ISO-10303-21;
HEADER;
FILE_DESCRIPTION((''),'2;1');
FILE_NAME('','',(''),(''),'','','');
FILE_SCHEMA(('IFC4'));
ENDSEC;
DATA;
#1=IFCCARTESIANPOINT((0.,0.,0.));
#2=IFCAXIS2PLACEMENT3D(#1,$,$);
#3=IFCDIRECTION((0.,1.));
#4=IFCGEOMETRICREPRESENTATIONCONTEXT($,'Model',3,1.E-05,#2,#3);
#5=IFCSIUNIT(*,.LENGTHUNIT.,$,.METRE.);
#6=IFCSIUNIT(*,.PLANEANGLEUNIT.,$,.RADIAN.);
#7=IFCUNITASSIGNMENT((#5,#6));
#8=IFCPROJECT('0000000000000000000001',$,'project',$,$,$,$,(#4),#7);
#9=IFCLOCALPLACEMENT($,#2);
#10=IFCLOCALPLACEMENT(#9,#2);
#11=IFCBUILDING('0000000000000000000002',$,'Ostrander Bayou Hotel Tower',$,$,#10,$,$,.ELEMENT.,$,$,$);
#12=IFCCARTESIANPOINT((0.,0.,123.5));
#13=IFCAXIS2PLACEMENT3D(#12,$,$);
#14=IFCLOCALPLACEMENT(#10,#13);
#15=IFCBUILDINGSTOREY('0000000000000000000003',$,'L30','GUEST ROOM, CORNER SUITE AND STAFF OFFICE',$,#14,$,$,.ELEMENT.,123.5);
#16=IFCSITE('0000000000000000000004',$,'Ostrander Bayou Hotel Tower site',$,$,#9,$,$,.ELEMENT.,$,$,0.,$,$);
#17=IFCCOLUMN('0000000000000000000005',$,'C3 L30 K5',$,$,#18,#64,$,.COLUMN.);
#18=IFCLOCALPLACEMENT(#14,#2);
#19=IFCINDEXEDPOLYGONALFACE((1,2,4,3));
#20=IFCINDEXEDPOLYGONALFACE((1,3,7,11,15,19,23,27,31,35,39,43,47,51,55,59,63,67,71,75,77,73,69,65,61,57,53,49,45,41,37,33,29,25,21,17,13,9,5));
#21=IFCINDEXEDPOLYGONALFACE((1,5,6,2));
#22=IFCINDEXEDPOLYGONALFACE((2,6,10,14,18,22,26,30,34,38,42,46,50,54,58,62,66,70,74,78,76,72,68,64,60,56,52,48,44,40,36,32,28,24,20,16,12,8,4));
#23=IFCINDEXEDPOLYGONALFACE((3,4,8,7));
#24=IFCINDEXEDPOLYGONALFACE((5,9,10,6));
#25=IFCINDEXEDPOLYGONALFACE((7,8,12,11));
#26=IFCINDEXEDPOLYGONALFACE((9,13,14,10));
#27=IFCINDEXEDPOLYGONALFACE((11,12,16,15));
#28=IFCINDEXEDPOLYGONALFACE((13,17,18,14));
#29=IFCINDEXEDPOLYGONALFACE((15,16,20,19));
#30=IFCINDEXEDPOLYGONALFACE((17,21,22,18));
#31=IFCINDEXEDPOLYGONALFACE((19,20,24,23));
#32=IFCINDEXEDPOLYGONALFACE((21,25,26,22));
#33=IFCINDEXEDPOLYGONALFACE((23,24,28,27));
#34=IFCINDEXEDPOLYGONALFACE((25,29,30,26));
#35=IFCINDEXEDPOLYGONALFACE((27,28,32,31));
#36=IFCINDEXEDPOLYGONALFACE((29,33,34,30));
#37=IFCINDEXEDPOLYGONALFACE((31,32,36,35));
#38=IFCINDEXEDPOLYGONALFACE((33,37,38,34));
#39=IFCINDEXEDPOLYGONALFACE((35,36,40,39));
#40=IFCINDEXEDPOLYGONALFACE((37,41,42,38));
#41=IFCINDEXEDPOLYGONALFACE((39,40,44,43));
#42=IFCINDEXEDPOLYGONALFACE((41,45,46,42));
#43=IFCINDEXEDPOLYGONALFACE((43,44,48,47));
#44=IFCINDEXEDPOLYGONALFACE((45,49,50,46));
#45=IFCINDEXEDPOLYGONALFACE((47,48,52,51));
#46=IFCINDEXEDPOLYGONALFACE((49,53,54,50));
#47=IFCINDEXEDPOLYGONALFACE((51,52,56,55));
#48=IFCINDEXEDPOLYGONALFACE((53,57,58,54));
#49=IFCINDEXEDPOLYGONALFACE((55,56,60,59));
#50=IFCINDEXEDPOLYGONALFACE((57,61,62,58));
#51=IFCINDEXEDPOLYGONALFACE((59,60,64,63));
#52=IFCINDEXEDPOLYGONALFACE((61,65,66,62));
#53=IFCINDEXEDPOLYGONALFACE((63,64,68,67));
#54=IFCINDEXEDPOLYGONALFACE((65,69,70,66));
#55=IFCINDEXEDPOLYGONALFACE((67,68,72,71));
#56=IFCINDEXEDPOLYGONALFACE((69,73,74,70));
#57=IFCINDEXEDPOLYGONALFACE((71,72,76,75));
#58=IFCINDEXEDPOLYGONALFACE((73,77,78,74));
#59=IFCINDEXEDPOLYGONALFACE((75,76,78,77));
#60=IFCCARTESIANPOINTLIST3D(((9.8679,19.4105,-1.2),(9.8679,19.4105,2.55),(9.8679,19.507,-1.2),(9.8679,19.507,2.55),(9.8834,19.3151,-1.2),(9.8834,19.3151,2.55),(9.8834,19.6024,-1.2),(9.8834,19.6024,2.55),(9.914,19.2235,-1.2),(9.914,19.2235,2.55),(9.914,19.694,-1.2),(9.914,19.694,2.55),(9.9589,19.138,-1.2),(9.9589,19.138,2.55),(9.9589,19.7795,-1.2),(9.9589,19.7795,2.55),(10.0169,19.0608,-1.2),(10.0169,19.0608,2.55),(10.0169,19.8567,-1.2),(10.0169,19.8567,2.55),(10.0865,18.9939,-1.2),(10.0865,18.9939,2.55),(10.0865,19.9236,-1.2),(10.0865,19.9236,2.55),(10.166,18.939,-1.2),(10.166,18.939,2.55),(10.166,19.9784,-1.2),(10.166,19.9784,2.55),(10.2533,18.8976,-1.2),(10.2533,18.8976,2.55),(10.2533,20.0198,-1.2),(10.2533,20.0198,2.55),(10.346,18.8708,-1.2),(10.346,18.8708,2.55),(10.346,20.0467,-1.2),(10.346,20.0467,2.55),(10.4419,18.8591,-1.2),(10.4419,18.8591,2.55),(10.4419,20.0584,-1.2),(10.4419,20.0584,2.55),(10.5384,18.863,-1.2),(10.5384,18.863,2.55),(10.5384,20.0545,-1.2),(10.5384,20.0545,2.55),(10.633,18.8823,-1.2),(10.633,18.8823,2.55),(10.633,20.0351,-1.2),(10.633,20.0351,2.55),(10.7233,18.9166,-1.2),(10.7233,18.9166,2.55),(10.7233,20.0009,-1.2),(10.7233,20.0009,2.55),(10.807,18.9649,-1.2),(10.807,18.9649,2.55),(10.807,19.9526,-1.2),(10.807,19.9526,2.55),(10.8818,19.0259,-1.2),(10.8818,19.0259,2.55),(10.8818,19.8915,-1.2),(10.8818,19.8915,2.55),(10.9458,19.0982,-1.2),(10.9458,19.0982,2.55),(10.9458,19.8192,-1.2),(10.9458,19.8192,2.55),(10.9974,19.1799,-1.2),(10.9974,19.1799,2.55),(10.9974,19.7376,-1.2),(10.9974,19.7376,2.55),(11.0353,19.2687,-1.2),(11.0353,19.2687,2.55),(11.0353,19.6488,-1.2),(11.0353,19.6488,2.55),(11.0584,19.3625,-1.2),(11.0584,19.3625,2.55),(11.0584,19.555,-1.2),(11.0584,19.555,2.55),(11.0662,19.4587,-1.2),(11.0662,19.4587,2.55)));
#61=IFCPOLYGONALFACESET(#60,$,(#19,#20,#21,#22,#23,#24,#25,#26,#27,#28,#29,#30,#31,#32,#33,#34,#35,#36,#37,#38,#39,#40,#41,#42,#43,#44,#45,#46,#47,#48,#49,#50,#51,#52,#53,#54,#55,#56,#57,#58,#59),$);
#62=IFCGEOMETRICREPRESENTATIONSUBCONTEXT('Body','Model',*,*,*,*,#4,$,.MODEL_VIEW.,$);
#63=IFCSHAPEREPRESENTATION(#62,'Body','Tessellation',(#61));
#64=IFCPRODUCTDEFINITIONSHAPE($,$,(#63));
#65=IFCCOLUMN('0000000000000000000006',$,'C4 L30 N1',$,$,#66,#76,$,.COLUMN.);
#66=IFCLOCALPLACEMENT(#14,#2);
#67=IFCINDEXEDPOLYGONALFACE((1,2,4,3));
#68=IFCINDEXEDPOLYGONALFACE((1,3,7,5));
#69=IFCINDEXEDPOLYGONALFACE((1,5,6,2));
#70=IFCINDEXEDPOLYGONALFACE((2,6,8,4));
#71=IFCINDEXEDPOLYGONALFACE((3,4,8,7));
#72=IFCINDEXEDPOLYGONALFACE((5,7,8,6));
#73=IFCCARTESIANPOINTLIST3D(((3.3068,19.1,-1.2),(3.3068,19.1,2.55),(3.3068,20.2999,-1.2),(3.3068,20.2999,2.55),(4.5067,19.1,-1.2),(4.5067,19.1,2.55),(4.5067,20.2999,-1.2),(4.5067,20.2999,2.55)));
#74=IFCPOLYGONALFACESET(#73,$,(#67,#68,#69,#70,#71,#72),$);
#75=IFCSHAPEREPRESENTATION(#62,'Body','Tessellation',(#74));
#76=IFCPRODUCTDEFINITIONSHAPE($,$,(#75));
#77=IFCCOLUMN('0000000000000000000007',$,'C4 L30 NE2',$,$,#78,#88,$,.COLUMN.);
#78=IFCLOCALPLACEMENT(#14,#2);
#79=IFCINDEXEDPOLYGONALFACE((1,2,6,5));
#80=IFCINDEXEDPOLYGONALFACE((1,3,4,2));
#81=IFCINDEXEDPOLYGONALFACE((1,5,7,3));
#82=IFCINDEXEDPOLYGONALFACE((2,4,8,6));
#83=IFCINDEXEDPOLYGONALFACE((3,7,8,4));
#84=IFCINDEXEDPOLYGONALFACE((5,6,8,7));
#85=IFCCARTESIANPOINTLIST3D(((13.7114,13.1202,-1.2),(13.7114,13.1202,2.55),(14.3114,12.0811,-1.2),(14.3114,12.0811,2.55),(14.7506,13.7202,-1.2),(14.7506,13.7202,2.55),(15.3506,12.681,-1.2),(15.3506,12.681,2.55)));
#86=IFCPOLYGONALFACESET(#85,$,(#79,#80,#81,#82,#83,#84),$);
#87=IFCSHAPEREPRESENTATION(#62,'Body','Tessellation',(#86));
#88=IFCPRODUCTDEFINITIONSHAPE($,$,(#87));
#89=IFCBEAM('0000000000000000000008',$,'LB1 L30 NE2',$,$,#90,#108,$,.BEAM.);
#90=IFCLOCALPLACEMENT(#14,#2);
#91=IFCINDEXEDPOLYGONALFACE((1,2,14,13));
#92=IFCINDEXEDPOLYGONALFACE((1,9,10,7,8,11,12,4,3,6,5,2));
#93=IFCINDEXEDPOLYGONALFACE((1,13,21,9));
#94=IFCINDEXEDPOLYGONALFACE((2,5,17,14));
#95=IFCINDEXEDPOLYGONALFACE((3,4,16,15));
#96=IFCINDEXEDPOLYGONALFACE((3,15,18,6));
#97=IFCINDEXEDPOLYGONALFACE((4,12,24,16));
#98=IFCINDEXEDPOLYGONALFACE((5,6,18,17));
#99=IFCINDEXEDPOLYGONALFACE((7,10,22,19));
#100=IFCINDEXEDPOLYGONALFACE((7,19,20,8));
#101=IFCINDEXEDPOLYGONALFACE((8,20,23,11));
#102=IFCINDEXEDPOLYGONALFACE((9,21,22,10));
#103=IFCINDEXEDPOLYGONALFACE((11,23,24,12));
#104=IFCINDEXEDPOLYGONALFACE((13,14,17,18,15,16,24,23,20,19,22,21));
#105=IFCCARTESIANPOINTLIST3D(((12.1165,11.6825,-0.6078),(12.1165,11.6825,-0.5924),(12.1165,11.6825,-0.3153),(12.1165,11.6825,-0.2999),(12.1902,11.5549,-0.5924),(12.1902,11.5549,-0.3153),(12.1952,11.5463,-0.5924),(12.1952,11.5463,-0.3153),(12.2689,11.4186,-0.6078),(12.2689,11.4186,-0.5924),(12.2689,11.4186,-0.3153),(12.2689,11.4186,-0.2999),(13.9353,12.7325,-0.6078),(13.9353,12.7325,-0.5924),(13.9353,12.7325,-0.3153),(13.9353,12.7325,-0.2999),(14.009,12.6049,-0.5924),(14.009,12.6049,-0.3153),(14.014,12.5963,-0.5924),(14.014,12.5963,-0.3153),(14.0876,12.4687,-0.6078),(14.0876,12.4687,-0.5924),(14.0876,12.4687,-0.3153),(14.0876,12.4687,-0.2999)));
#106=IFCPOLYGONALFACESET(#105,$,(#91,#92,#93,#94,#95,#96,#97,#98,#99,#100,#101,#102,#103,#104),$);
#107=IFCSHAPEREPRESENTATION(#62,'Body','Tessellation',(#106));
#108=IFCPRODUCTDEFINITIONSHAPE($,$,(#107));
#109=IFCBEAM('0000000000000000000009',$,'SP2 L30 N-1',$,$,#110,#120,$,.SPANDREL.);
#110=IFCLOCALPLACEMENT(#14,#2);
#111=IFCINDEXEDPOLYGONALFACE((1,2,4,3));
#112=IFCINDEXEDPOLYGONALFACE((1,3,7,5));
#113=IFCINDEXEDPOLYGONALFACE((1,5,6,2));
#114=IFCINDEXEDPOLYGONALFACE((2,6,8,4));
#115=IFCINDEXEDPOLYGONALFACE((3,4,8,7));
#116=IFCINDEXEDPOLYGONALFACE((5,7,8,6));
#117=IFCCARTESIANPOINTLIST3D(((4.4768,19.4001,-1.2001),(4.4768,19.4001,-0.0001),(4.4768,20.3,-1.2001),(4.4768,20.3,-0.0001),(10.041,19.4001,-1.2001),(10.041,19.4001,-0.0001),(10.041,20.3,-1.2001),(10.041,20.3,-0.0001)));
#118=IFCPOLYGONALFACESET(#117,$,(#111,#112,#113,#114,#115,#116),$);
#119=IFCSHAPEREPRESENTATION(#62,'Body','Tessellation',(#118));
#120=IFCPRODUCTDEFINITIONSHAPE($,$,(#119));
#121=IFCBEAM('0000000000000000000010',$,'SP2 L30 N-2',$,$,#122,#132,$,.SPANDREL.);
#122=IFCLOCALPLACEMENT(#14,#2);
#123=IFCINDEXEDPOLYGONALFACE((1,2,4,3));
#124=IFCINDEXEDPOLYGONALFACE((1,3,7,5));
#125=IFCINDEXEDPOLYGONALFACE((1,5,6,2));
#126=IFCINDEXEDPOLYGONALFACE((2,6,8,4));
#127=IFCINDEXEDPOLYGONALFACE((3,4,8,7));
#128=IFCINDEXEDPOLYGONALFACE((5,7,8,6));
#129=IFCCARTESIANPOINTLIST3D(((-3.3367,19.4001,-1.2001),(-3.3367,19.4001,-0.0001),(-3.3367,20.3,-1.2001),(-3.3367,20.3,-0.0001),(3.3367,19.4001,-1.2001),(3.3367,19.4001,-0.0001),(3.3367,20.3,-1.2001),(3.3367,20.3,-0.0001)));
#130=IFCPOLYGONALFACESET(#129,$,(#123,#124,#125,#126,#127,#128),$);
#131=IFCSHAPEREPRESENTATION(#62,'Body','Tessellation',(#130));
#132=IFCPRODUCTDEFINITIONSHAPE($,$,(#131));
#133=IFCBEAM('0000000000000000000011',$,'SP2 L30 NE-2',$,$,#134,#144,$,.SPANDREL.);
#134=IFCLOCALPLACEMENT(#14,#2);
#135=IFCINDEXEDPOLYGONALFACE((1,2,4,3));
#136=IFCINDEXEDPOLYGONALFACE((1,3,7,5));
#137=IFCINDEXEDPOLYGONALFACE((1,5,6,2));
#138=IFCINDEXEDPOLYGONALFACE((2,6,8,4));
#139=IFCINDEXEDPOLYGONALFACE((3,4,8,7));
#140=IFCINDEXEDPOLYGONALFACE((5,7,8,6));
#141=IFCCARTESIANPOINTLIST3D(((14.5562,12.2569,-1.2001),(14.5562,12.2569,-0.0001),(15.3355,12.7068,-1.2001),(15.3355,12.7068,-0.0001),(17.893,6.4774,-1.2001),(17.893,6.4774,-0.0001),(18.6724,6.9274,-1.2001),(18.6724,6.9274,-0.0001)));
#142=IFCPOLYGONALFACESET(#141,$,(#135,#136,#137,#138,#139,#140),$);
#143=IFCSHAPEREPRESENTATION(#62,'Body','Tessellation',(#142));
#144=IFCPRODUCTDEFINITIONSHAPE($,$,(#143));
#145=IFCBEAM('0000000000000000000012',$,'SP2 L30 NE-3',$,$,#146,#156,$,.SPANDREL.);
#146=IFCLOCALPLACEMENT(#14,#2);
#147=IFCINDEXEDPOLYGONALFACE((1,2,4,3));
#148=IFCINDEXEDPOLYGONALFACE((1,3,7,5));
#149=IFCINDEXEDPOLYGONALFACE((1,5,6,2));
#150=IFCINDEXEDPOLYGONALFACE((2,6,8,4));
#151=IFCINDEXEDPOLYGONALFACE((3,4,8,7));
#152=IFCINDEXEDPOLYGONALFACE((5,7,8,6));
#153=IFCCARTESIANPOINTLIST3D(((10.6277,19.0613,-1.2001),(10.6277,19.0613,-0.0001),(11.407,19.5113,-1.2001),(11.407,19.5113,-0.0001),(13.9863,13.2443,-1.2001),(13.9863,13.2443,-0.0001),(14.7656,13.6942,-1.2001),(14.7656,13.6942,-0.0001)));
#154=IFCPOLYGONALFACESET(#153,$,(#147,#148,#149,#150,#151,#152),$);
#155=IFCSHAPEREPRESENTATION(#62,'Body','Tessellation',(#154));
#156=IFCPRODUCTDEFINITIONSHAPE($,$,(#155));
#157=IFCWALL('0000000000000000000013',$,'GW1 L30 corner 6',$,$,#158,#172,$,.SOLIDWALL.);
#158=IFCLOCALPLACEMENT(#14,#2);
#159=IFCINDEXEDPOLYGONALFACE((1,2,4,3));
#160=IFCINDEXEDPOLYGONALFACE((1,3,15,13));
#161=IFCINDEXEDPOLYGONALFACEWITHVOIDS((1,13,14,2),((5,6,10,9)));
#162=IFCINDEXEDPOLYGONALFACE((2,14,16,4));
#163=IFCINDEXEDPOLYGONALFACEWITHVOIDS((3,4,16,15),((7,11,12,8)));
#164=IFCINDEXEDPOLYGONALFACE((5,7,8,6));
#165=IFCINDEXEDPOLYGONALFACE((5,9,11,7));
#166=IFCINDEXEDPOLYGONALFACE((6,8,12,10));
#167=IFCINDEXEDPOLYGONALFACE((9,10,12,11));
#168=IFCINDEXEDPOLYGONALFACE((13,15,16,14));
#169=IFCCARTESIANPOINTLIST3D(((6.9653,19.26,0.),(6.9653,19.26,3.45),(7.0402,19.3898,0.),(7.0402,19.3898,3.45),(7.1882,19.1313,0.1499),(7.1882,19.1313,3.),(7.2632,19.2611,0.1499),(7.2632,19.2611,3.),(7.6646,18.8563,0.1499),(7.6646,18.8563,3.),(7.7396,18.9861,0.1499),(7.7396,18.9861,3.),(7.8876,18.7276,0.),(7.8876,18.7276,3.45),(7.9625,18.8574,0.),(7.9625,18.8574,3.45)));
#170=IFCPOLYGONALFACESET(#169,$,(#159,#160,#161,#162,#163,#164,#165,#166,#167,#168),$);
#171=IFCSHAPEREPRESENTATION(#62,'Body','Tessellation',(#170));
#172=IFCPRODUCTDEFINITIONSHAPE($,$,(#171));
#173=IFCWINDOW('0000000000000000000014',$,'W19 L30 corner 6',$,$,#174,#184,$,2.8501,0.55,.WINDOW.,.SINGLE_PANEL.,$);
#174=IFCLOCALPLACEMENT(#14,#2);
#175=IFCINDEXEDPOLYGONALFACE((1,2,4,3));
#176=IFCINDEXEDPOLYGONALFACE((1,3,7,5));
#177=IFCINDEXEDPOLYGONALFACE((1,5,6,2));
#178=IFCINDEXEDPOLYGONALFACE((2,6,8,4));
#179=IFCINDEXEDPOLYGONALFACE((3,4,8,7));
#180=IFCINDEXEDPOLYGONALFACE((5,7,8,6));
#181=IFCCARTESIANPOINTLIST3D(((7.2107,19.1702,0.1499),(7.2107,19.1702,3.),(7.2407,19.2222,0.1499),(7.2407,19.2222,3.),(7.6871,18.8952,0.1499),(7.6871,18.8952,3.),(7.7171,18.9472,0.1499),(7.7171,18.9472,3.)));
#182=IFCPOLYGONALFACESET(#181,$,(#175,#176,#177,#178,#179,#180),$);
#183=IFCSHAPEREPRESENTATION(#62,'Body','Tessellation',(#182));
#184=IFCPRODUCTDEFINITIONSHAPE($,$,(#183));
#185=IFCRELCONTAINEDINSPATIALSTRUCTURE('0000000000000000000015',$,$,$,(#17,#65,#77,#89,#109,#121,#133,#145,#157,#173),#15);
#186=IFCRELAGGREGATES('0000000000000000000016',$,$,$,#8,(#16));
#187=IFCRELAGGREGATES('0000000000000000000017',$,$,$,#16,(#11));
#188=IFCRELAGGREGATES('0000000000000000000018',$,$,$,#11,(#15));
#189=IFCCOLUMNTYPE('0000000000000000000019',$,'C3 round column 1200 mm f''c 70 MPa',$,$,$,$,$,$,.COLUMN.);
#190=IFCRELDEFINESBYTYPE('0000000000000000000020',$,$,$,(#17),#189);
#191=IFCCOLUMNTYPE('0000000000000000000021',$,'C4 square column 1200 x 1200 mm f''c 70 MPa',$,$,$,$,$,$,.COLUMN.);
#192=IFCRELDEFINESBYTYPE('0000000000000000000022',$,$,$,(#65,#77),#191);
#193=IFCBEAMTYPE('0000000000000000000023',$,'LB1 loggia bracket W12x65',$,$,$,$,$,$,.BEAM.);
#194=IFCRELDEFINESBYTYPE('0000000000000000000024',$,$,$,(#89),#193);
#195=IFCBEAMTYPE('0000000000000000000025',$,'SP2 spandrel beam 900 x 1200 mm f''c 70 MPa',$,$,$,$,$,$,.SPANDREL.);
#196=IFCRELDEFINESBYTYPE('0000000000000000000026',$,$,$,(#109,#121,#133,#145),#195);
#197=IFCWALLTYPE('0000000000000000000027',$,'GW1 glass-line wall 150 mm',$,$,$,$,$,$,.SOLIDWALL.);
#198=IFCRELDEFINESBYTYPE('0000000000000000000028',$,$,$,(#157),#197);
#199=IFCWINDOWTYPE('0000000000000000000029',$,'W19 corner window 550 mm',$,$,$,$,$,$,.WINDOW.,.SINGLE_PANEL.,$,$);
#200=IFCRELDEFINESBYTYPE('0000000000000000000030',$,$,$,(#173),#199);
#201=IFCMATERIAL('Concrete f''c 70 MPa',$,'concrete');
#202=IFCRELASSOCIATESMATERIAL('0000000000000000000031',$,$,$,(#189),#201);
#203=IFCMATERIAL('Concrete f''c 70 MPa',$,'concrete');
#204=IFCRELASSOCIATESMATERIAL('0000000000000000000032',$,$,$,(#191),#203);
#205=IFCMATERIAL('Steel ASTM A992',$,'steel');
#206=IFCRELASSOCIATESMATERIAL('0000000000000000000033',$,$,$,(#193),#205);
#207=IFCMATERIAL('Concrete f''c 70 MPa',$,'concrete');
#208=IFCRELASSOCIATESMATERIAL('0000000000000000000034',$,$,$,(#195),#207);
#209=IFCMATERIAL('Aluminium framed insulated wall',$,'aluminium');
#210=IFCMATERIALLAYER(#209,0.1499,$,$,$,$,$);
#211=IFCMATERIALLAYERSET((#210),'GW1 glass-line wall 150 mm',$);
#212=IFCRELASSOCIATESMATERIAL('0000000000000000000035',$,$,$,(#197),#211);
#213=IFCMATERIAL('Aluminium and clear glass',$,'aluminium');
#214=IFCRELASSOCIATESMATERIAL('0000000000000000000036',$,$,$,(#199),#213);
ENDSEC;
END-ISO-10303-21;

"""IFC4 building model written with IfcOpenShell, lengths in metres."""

from ifc_helpers import new_model, si_unit, direction, frame, frame_2d, origin, origin_2d, place, context, subcontext, project, spatial, rectangle, circle, i_section, extrude, material, layer, layer_set, material_profile, profile_set, type_object, element, fill, save


model = new_model("IFC4")

# Units and contexts
model_context = context("Model", 3, precision=1e-05, world=origin(), true_north=direction((0.0, 1.0)))
body_context = subcontext(model_context, "Body", "Model", "MODEL_VIEW")
ifc_project = project(units=[si_unit("LENGTHUNIT", "METRE"), si_unit("PLANEANGLEUNIT", "RADIAN")], contexts=[model_context])

# Site, building, storey
site_placement = place(None, origin())
site = spatial("IfcSite", under=ifc_project, at=site_placement, Name="Ostrander Bayou Hotel Tower site", CompositionType="ELEMENT", RefElevation=0.0)
building_placement = place(site_placement, origin())
building = spatial("IfcBuilding", under=site, at=building_placement, Name="Ostrander Bayou Hotel Tower", CompositionType="ELEMENT")
storey_placement = place(building_placement, frame((0.0, 0.0, 123.5)))
storey = spatial("IfcBuildingStorey", under=building, at=storey_placement, Name="L30", Description="GUEST ROOM, CORNER SUITE AND STAFF OFFICE", CompositionType="ELEMENT", Elevation=123.5)

# Columns
ifc_material_1 = material(Name="Concrete f'c 70 MPa", Category="concrete")
ifc_material_profile_1 = material_profile(ifc_material_1, circle(Radius=0.6001, at=origin_2d()))
ifc_profile_set_1 = profile_set([ifc_material_profile_1], Name="Concrete f'c 70 MPa")
column_type_1 = type_object("IfcColumnType", Name="C3 round column 1200 mm f'c 70 MPa", PredefinedType="COLUMN", material=ifc_profile_set_1)
column_placement = place(storey_placement, frame((10.4661, 19.4587, -1.2), z_axis=(0.0, 0.0, 1.0), x_axis=(1.0, 0.0, 0.0)))
element("IfcColumn", 1, at=column_placement, inside=storey, type_object=column_type_1, Name="C3 L30 K5", PredefinedType="COLUMN", context=body_context, shape_type="SweptSolid", body=[
    extrude(circle(Radius=0.6001, at=origin_2d()), origin(), (0.0, 0.0, 1.0), 3.75),
])
ifc_material_2 = material(Name="Concrete f'c 70 MPa", Category="concrete")
ifc_material_profile_2 = material_profile(ifc_material_2, rectangle(XDim=1.2, YDim=1.2, at=origin_2d()))
ifc_profile_set_2 = profile_set([ifc_material_profile_2], Name="Concrete f'c 70 MPa")
column_type_2 = type_object("IfcColumnType", Name="C4 square column 1200 x 1200 mm f'c 70 MPa", PredefinedType="COLUMN", material=ifc_profile_set_2)
for number, where, z_axis, x_axis, name in (
    (2, (3.9067, 19.7, -1.2), (0.0, 0.0, 1.0), (1.0, 0.0, 0.0), "C4 L30 N1"),
    (3, (14.531, 12.9006, -1.2), (0.0, 0.0, 1.0), (0.5, -0.866025, 0.0), "C4 L30 NE2"),
):
    element("IfcColumn", number, at=place(storey_placement, frame(where, z_axis=z_axis, x_axis=x_axis)), inside=storey, type_object=column_type_2, Name=name, PredefinedType="COLUMN", context=body_context, shape_type="SweptSolid", body=[
        extrude(rectangle(XDim=1.2, YDim=1.2, at=origin_2d()), origin(), (0.0, 0.0, 1.0), 3.75),
    ])

# Beams
ifc_material_3 = material(Name="Steel ASTM A992", Category="steel")
ifc_material_profile_3 = material_profile(ifc_material_3, i_section(OverallWidth=0.3047, OverallDepth=0.3079, WebThickness=0.01, FlangeThickness=0.0154, at=origin_2d()))
ifc_profile_set_3 = profile_set([ifc_material_profile_3], Name="Steel ASTM A992")
beam_type_1 = type_object("IfcBeamType", Name="LB1 loggia bracket W12x65", PredefinedType="BEAM", material=ifc_profile_set_3)
beam_1_placement = place(storey_placement, frame((14.0115, 12.6006, -0.4539), z_axis=(-0.866038, -0.499977, 0.0), x_axis=(0.499977, -0.866038, 0.0)))
element("IfcBeam", 4, at=beam_1_placement, inside=storey, type_object=beam_type_1, Name="LB1 L30 NE2", PredefinedType="BEAM", context=body_context, shape_type="SweptSolid", body=[
    extrude(i_section(OverallWidth=0.3047, OverallDepth=0.3079, WebThickness=0.01, FlangeThickness=0.0154, at=origin_2d()), origin(), (0.0, 0.0, 1.0), 2.1001),
])
ifc_material_4 = material(Name="Concrete f'c 70 MPa", Category="concrete")
ifc_material_profile_4 = material_profile(ifc_material_4, rectangle(XDim=0.8999, YDim=1.2, at=origin_2d()))
ifc_profile_set_4 = profile_set([ifc_material_profile_4], Name="Concrete f'c 70 MPa")
beam_type_2 = type_object("IfcBeamType", Name="SP2 spandrel beam 900 x 1200 mm f'c 70 MPa", PredefinedType="SPANDREL", material=ifc_profile_set_4)
beam_2_placement = place(storey_placement, frame((10.041, 19.8501, -0.6001), z_axis=(-1.0, 0.0, 0.0), x_axis=(0.0, -1.0, 0.0)))
element("IfcBeam", 5, at=beam_2_placement, inside=storey, type_object=beam_type_2, Name="SP2 L30 N-1", PredefinedType="SPANDREL", context=body_context, shape_type="SweptSolid", body=[
    extrude(rectangle(XDim=0.8999, YDim=1.2, at=origin_2d()), origin(), (0.0, 0.0, 1.0), 5.5642),
])
beam_3_placement = place(storey_placement, frame((3.3367, 19.8501, -0.6001), z_axis=(-1.0, 0.0, 0.0), x_axis=(0.0, -1.0, 0.0)))
element("IfcBeam", 6, at=beam_3_placement, inside=storey, type_object=beam_type_2, Name="SP2 L30 N-2", PredefinedType="SPANDREL", context=body_context, shape_type="SweptSolid", body=[
    extrude(rectangle(XDim=0.8999, YDim=1.2, at=origin_2d()), origin(), (0.0, 0.0, 1.0), 6.6733),
])
beam_4_placement = place(storey_placement, frame((18.2827, 6.7024, -0.6001), z_axis=(-0.500011, 0.866019, 0.0), x_axis=(-0.866019, -0.500011, 0.0)))
element("IfcBeam", 7, at=beam_4_placement, inside=storey, type_object=beam_type_2, Name="SP2 L30 NE-2", PredefinedType="SPANDREL", context=body_context, shape_type="SweptSolid", body=[
    extrude(rectangle(XDim=0.8999, YDim=1.2, at=origin_2d()), origin(), (0.0, 0.0, 1.0), 6.6736),
])
beam_5_placement = place(storey_placement, frame((14.376, 13.4692, -0.6001), z_axis=(-0.500013, 0.866018, 0.0), x_axis=(-0.866018, -0.500013, 0.0)))
element("IfcBeam", 8, at=beam_5_placement, inside=storey, type_object=beam_type_2, Name="SP2 L30 NE-3", PredefinedType="SPANDREL", context=body_context, shape_type="SweptSolid", body=[
    extrude(rectangle(XDim=0.8999, YDim=1.2, at=origin_2d()), origin(), (0.0, 0.0, 1.0), 6.717),
])

# Wall, opening, window
ifc_material_5 = material(Name="Aluminium framed insulated wall", Category="aluminium")
ifc_layer_1 = layer(ifc_material_5, 0.1499)
ifc_layer_set_1 = layer_set([ifc_layer_1], Name="GW1 glass-line wall 150 mm")
wall_type_1 = type_object("IfcWallType", Name="GW1 glass-line wall 150 mm", PredefinedType="SOLIDWALL", material=ifc_layer_set_1)
wall_1_placement = place(storey_placement, frame((7.925, 18.7925, 0.0), z_axis=(0.0, 0.0, 1.0), x_axis=(-0.866048, 0.499961, 0.0)))
wall_1 = element("IfcWall", 9, at=wall_1_placement, inside=storey, type_object=wall_type_1, Name="GW1 L30 corner 6", PredefinedType="SOLIDWALL", context=body_context, shape_type="SweptSolid", body=[
    extrude(rectangle(XDim=1.0649, YDim=0.1499, at=frame_2d((0.5325, 0.0))), origin(), (0.0, 0.0, 1.0), 3.45),
])
opening_1_placement = place(wall_1_placement, frame((0.2576, 0.0, 0.1499)))
opening_1 = element("IfcOpeningElement", 10, at=opening_1_placement, cuts=wall_1, PredefinedType="OPENING", context=body_context, shape_type="SweptSolid", body=[
    extrude(rectangle(XDim=0.55, YDim=2.8501, at=frame_2d((0.2749, 1.425))), frame((0.0, 0.075, 0.0), z_axis=(0.0, -1.0, 0.0), x_axis=(1.0, 0.0, 0.0)), (0.0, 0.0, 1.0), 0.1499),
])
ifc_material_6 = material(Name="Aluminium and clear glass", Category="aluminium")
window_type_1 = type_object("IfcWindowType", Name="W19 corner window 550 mm", PartitioningType="SINGLE_PANEL", PredefinedType="WINDOW", material=ifc_material_6)
window_1_placement = place(opening_1_placement, origin())
window_1 = element("IfcWindow", 11, at=window_1_placement, inside=storey, type_object=window_type_1, Name="W19 L30 corner 6", OverallHeight=2.8501, OverallWidth=0.55, PartitioningType="SINGLE_PANEL", PredefinedType="WINDOW", context=body_context, shape_type="SweptSolid", body=[
    extrude(rectangle(XDim=0.55, YDim=2.8501, at=frame_2d((0.2749, 1.425))), frame((0.0, 0.03, 0.0), z_axis=(0.0, -1.0, 0.0), x_axis=(1.0, 0.0, 0.0)), (0.0, 0.0, 1.0), 0.0601),
])
fill(opening_1, window_1)

save(model, "model.ifc")
